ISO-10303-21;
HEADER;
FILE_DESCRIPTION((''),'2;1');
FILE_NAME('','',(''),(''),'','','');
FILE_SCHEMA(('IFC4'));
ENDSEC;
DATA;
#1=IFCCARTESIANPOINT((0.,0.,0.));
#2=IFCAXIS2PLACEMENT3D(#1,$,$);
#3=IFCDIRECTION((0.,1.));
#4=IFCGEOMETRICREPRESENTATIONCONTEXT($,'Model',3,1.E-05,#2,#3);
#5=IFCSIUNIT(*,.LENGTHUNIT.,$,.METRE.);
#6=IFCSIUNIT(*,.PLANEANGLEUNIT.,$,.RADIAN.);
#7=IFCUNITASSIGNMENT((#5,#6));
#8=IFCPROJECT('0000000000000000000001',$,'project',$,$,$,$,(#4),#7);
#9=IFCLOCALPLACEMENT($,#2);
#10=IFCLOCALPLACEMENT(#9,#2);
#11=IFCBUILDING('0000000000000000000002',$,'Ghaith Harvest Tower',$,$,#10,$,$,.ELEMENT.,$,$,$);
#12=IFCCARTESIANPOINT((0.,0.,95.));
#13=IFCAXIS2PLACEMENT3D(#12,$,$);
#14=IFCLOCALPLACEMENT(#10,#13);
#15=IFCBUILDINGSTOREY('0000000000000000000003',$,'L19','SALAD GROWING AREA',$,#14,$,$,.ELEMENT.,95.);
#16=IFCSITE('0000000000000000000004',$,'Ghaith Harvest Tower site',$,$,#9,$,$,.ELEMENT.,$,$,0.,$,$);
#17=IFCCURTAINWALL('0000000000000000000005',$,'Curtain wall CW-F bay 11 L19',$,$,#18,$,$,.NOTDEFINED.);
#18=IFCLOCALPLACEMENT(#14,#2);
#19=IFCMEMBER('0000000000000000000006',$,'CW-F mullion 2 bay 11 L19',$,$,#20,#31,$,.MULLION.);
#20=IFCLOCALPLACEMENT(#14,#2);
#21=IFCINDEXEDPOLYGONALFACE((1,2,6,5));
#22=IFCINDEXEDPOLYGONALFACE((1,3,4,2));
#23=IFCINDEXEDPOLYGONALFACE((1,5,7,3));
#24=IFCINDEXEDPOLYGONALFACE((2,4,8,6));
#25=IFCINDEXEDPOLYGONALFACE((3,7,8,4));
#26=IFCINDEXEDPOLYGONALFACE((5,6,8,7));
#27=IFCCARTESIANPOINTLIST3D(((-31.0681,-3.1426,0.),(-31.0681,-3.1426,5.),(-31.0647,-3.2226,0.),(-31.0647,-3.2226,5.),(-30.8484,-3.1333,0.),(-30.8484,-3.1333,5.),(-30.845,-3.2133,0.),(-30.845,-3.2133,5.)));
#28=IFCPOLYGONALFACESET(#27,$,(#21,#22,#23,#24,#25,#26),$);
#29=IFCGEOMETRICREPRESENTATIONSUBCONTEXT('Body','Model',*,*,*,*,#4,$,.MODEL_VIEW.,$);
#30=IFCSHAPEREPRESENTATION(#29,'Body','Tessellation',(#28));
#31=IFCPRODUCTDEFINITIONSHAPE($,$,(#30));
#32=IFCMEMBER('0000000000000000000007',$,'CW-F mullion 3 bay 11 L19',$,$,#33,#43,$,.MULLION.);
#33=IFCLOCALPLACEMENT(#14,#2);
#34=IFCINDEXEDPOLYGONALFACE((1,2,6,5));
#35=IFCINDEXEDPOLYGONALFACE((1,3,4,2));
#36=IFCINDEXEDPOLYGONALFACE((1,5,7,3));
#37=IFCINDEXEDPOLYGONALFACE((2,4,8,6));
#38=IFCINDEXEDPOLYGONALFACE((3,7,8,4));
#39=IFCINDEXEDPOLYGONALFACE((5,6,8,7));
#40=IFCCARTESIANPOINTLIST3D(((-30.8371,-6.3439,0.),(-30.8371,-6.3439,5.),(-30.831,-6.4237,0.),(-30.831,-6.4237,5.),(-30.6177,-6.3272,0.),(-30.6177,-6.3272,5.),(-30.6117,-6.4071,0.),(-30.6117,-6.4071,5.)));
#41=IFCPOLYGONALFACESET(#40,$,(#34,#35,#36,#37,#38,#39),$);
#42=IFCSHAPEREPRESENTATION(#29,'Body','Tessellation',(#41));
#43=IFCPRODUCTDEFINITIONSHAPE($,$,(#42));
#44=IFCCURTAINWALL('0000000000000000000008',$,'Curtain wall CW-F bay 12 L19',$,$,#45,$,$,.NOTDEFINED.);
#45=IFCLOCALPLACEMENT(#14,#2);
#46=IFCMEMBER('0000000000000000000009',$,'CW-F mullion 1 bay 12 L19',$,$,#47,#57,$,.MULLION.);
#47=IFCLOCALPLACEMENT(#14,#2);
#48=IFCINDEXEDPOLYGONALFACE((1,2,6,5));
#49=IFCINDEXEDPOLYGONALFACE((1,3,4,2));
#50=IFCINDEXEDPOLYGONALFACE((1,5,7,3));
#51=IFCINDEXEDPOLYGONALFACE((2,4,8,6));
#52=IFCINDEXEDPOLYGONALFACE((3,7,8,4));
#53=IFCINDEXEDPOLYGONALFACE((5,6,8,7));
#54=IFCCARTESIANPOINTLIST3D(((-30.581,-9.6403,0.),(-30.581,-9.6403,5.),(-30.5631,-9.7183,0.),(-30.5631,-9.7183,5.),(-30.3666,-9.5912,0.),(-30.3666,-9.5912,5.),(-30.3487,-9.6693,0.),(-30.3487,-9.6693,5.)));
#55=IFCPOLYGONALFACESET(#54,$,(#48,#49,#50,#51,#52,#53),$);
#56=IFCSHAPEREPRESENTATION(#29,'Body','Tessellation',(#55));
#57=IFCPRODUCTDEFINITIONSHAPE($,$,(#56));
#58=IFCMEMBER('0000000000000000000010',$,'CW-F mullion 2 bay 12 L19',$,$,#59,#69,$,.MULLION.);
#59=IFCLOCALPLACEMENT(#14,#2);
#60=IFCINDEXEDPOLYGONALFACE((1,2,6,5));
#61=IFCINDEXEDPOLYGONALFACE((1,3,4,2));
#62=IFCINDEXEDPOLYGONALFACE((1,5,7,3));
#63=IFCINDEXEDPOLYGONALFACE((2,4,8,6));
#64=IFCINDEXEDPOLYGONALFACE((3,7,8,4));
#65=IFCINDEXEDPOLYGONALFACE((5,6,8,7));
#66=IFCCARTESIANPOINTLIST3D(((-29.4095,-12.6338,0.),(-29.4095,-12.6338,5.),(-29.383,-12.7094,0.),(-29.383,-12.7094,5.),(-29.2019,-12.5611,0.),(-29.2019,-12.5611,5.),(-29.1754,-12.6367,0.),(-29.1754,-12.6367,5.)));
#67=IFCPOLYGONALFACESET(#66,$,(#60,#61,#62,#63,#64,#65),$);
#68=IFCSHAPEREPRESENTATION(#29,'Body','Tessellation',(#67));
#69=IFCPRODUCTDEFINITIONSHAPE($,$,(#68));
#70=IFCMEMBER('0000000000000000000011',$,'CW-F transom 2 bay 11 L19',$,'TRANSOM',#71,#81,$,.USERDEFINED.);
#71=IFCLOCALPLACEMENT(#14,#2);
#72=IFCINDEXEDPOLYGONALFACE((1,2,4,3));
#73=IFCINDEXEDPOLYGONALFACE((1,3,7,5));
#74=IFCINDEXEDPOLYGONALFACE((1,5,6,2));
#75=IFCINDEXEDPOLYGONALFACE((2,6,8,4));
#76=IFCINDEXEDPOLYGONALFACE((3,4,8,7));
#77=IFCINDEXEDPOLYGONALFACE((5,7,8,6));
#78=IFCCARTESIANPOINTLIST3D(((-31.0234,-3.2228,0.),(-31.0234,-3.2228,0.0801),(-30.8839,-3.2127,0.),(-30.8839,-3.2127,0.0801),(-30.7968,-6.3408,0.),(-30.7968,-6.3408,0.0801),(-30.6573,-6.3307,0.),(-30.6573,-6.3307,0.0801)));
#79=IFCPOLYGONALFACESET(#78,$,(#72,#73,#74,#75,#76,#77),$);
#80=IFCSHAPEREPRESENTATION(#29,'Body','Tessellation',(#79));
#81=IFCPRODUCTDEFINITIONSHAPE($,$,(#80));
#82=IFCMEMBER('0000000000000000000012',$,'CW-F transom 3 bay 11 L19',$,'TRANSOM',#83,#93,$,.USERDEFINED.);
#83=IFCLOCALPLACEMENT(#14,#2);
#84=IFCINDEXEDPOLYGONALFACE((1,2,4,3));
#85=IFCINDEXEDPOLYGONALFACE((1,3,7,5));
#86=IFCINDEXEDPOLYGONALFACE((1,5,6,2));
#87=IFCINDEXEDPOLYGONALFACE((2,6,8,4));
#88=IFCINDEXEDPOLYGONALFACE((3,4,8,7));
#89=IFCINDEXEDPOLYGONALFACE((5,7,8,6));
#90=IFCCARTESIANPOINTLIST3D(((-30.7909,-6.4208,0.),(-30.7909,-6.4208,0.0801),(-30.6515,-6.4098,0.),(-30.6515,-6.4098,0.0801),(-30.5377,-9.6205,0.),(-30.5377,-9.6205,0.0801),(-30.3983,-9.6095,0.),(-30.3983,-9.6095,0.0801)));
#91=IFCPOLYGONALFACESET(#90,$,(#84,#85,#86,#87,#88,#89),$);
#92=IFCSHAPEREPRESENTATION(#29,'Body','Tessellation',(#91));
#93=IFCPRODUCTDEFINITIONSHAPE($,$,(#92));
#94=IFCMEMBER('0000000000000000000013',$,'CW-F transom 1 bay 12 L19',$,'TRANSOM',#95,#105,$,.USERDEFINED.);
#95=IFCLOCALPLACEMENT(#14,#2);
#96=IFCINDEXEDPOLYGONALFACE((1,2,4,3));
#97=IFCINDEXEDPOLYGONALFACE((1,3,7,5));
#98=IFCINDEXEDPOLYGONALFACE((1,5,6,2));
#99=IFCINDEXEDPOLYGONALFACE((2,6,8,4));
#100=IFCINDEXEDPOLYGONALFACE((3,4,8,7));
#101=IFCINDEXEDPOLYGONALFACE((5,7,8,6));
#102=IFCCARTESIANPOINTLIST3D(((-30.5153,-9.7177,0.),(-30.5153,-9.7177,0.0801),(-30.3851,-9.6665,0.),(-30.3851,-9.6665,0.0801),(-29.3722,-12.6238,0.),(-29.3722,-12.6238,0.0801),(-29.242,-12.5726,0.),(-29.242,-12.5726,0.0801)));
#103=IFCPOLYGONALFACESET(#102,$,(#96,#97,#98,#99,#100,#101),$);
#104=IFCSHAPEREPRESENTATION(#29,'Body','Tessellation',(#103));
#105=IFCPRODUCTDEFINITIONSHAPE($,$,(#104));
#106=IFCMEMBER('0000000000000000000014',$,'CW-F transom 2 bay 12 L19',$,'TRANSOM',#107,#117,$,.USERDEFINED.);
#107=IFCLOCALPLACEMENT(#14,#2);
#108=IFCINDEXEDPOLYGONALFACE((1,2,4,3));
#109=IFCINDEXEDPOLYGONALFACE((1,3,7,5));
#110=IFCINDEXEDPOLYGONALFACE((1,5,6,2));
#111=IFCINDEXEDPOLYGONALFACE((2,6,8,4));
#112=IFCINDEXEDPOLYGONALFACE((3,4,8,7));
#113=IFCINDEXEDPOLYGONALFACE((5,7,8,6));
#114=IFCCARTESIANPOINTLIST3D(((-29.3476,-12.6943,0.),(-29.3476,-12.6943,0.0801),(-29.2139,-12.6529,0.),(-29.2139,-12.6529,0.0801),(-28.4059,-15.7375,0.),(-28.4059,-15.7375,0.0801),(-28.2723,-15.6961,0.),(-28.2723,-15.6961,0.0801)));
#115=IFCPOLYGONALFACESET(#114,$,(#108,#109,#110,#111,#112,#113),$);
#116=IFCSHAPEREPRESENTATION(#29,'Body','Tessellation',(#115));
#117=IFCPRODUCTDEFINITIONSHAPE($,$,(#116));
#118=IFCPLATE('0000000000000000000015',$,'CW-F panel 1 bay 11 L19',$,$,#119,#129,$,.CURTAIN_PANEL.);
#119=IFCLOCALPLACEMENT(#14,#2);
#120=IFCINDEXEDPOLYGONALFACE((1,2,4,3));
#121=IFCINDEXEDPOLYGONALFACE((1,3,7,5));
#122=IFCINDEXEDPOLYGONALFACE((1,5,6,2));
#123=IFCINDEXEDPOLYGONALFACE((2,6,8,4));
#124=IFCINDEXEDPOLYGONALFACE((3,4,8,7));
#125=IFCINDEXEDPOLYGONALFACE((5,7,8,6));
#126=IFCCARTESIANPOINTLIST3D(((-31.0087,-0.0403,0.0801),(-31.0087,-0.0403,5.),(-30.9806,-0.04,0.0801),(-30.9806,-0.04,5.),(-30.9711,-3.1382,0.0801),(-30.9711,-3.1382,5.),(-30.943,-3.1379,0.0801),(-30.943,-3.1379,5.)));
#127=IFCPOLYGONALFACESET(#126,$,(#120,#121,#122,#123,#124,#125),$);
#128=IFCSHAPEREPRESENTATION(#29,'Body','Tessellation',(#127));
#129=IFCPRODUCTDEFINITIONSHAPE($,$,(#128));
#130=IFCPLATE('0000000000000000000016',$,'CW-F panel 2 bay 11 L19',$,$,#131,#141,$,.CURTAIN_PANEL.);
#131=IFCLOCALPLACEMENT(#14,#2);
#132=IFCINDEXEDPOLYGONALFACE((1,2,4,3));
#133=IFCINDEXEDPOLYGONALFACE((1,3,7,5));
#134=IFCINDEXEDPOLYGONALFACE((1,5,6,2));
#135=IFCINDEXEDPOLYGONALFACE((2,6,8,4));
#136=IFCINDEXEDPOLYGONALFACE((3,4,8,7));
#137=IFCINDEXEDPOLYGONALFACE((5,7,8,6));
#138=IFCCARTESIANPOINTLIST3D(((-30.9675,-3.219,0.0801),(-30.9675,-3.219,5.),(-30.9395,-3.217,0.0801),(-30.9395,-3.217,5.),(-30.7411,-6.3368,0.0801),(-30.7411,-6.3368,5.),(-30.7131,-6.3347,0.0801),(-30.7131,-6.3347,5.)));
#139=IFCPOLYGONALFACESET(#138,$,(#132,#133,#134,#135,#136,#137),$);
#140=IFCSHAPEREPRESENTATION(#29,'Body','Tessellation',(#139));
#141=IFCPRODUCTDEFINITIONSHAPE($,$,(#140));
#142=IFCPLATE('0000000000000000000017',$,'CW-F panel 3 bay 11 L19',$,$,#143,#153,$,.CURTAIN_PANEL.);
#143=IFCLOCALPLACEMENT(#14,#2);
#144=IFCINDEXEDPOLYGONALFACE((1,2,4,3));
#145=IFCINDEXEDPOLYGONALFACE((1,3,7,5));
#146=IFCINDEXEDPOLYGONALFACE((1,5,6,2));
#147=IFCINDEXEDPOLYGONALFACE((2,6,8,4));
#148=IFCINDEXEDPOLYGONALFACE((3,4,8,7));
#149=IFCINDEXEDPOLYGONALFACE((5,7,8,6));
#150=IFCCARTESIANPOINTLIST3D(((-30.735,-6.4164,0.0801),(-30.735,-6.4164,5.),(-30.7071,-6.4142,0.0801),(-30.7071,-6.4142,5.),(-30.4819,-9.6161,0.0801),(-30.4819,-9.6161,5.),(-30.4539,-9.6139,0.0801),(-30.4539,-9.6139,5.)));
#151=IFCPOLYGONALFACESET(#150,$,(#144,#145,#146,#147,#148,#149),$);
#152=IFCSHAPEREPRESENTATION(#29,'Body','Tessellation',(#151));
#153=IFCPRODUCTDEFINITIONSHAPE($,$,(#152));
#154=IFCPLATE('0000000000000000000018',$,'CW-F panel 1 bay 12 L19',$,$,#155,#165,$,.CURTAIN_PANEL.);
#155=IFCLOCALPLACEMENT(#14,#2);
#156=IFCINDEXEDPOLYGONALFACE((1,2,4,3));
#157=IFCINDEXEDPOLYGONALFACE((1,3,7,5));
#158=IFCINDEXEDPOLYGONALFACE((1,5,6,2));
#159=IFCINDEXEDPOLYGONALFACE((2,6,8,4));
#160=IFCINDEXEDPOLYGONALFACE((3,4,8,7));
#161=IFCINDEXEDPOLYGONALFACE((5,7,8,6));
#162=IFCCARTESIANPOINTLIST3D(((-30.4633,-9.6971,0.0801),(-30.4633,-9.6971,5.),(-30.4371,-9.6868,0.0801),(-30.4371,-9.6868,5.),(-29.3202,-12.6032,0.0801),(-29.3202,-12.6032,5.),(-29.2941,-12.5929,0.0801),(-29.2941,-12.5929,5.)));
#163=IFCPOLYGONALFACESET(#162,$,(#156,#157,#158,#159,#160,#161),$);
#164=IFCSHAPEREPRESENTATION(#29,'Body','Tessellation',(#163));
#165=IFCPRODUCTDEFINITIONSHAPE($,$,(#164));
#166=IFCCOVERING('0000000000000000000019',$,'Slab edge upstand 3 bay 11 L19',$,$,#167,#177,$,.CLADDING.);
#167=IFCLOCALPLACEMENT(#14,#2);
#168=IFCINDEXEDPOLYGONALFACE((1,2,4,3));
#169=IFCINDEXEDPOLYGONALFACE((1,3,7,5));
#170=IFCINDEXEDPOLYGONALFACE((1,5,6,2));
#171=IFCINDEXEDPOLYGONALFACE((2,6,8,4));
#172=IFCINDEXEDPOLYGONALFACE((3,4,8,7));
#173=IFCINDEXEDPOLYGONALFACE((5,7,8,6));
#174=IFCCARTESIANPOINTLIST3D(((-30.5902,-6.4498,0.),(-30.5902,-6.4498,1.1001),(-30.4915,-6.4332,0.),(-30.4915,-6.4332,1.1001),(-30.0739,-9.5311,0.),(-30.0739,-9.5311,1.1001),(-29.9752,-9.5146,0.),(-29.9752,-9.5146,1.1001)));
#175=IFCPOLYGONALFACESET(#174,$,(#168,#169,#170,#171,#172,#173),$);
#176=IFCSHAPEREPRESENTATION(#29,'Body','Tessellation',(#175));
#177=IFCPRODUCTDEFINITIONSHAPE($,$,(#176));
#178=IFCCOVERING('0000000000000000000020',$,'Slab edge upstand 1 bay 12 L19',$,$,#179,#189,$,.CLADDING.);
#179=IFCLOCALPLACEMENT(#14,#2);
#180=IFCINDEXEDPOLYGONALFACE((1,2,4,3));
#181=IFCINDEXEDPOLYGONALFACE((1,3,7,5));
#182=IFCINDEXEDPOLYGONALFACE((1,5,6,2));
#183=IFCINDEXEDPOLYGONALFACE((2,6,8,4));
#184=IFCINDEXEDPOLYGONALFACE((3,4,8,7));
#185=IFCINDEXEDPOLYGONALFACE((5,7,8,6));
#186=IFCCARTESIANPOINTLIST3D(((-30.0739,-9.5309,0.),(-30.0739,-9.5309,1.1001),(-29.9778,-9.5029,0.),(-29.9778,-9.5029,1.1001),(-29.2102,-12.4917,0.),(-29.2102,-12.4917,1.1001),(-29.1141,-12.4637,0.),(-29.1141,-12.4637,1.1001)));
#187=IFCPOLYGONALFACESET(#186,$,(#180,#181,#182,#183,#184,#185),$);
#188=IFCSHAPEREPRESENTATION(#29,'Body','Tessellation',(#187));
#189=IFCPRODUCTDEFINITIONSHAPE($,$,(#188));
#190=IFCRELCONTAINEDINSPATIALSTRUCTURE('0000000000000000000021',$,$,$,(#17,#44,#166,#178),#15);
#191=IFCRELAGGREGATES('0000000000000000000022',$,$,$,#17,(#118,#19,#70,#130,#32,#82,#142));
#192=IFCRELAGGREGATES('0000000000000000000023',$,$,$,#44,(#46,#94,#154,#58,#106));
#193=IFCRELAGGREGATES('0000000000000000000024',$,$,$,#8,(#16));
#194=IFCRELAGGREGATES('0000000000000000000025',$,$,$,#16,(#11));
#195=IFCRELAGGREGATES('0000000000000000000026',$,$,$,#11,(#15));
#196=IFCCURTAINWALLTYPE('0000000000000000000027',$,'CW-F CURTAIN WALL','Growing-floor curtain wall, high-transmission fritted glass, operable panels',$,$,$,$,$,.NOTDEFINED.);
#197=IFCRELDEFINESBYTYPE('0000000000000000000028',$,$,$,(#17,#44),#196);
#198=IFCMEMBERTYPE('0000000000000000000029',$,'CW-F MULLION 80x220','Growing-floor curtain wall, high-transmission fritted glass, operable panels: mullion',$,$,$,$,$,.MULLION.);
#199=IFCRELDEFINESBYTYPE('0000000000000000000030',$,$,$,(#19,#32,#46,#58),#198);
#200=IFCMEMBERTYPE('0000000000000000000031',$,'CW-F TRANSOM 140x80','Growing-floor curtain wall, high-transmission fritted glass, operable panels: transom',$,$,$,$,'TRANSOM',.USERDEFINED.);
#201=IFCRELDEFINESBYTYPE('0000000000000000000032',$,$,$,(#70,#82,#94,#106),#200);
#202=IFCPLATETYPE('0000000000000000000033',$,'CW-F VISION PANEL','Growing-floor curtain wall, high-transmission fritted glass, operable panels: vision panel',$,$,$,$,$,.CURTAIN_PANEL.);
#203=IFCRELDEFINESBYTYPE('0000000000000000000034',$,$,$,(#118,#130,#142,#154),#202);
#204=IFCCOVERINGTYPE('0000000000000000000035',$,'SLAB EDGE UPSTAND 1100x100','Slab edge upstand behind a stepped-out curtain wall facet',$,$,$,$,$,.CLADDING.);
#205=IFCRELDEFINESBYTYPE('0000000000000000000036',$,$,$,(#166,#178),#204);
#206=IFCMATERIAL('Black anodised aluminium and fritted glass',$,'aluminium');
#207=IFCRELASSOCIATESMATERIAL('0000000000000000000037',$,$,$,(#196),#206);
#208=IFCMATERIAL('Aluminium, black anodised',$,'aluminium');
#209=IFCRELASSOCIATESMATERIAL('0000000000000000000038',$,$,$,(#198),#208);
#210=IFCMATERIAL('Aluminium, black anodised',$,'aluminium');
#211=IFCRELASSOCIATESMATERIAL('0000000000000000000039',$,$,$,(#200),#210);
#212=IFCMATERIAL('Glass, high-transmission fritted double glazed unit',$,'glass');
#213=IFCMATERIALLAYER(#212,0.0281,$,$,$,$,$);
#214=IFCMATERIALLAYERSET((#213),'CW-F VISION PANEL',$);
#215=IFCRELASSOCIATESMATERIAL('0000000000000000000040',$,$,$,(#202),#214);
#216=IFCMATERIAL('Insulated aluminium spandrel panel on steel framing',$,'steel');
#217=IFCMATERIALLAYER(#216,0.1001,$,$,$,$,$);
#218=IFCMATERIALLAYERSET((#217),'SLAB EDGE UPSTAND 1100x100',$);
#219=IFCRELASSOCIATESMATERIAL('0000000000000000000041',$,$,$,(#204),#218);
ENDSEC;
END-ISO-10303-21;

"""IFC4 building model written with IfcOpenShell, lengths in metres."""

from ifc_helpers import new_model, si_unit, direction, frame, origin, origin_2d, place, context, subcontext, project, spatial, rectangle, extrude, material, layer, layer_set, material_profile, profile_set, type_object, element, aggregate, save


model = new_model("IFC4")

# Units and contexts
model_context = context("Model", 3, precision=1e-05, world=origin(), true_north=direction((0.0, 1.0)))
body_context = subcontext(model_context, "Body", "Model", "MODEL_VIEW")
ifc_project = project(units=[si_unit("LENGTHUNIT", "METRE"), si_unit("PLANEANGLEUNIT", "RADIAN")], contexts=[model_context])

# Site, building, storey
site_placement = place(None, origin())
site = spatial("IfcSite", under=ifc_project, at=site_placement, Name="Ghaith Harvest Tower site", CompositionType="ELEMENT", RefElevation=0.0)
building_placement = place(site_placement, origin())
building = spatial("IfcBuilding", under=site, at=building_placement, Name="Ghaith Harvest Tower", CompositionType="ELEMENT")
storey_placement = place(building_placement, frame((0.0, 0.0, 95.0)))
storey = spatial("IfcBuildingStorey", under=building, at=storey_placement, Name="L19", Description="SALAD GROWING AREA", CompositionType="ELEMENT", Elevation=95.0)

# Curtain walls, members
ifc_material_1 = material(Name="Black anodised aluminium and fritted glass", Category="aluminium")
curtain_wall_type = type_object("IfcCurtainWallType", Name="CW-F CURTAIN WALL", Description="Growing-floor curtain wall, high-transmission fritted glass, operable panels", PredefinedType="NOTDEFINED", material=ifc_material_1)
curtain_wall_1_placement = place(storey_placement, origin())
curtain_wall_1 = element("IfcCurtainWall", 1, at=curtain_wall_1_placement, inside=storey, type_object=curtain_wall_type, Name="Curtain wall CW-F bay 11 L19", PredefinedType="NOTDEFINED")
ifc_material_2 = material(Name="Aluminium, black anodised", Category="aluminium")
ifc_material_profile_1 = material_profile(ifc_material_2, rectangle(XDim=0.0801, YDim=0.22, at=origin_2d()), Name="CW-F MULLION 80x220")
ifc_profile_set_1 = profile_set([ifc_material_profile_1], Name="Aluminium, black anodised")
member_type_1 = type_object("IfcMemberType", Name="CW-F MULLION 80x220", Description="Growing-floor curtain wall, high-transmission fritted glass, operable panels: mullion", PredefinedType="MULLION", material=ifc_profile_set_1)
member_1_placement = place(storey_placement, frame((-30.9565, -3.178, 0.0), z_axis=(0.0, 0.0, 1.0), x_axis=(0.042427, -0.9991, 0.0)))
member_1 = element("IfcMember", 2, at=member_1_placement, type_object=member_type_1, Name="CW-F mullion 2 bay 11 L19", PredefinedType="MULLION", context=body_context, shape_type="SweptSolid", body=[
    extrude(rectangle(XDim=0.0801, YDim=0.22, at=origin_2d()), origin(), (0.0, 0.0, 1.0), 5.0),
])
member_2_placement = place(storey_placement, frame((-30.7244, -6.3755, 0.0), z_axis=(0.0, 0.0, 1.0), x_axis=(0.075686, -0.997132, 0.0)))
member_2 = element("IfcMember", 3, at=member_2_placement, type_object=member_type_1, Name="CW-F mullion 3 bay 11 L19", PredefinedType="MULLION", context=body_context, shape_type="SweptSolid", body=[
    extrude(rectangle(XDim=0.0801, YDim=0.22, at=origin_2d()), origin(), (0.0, 0.0, 1.0), 5.0),
])
curtain_wall_2_placement = place(storey_placement, origin())
curtain_wall_2 = element("IfcCurtainWall", 4, at=curtain_wall_2_placement, inside=storey, type_object=curtain_wall_type, Name="Curtain wall CW-F bay 12 L19", PredefinedType="NOTDEFINED")
member_3_placement = place(storey_placement, frame((-30.4648, -9.6548, 0.0), z_axis=(0.0, 0.0, 1.0), x_axis=(0.222967, -0.974826, 0.0)))
member_3 = element("IfcMember", 5, at=member_3_placement, type_object=member_type_1, Name="CW-F mullion 1 bay 12 L19", PredefinedType="MULLION", context=body_context, shape_type="SweptSolid", body=[
    extrude(rectangle(XDim=0.0801, YDim=0.22, at=origin_2d()), origin(), (0.0, 0.0, 1.0), 5.0),
])
member_4_placement = place(storey_placement, frame((-29.2925, -12.6353, 0.0), z_axis=(0.0, 0.0, 1.0), x_axis=(0.330701, -0.943736, 0.0)))
member_4 = element("IfcMember", 6, at=member_4_placement, type_object=member_type_1, Name="CW-F mullion 2 bay 12 L19", PredefinedType="MULLION", context=body_context, shape_type="SweptSolid", body=[
    extrude(rectangle(XDim=0.0801, YDim=0.22, at=origin_2d()), origin(), (0.0, 0.0, 1.0), 5.0),
])

# Members
ifc_material_3 = material(Name="Aluminium, black anodised", Category="aluminium")
ifc_material_profile_2 = material_profile(ifc_material_3, rectangle(XDim=0.1399, YDim=0.0801, at=origin_2d()), Name="CW-F TRANSOM 140x80")
ifc_profile_set_2 = profile_set([ifc_material_profile_2], Name="Aluminium, black anodised")
member_type_2 = type_object("IfcMemberType", Name="CW-F TRANSOM 140x80", Description="Growing-floor curtain wall, high-transmission fritted glass, operable panels: transom", ElementType="TRANSOM", PredefinedType="USERDEFINED", material=ifc_profile_set_2)
member_5_placement = place(storey_placement, frame((-30.9536, -3.2178, 0.04), z_axis=(0.072474, -0.99737, 0.0), x_axis=(0.99737, 0.072474, 0.0)))
member_5 = element("IfcMember", 7, at=member_5_placement, type_object=member_type_2, Name="CW-F transom 2 bay 11 L19", ObjectType="TRANSOM", PredefinedType="USERDEFINED", context=body_context, shape_type="SweptSolid", body=[
    extrude(rectangle(XDim=0.1399, YDim=0.0801, at=origin_2d()), origin(), (0.0, 0.0, 1.0), 3.1262),
])
member_6_placement = place(storey_placement, frame((-30.7212, -6.4153, 0.04), z_axis=(0.078878, -0.996884, 0.0), x_axis=(0.996884, 0.078878, 0.0)))
member_6 = element("IfcMember", 8, at=member_6_placement, type_object=member_type_2, Name="CW-F transom 3 bay 11 L19", ObjectType="TRANSOM", PredefinedType="USERDEFINED", context=body_context, shape_type="SweptSolid", body=[
    extrude(rectangle(XDim=0.1399, YDim=0.0801, at=origin_2d()), origin(), (0.0, 0.0, 1.0), 3.2097),
])
member_7_placement = place(storey_placement, frame((-30.4502, -9.6921, 0.04), z_axis=(0.366047, -0.930597, 0.0), x_axis=(0.930597, 0.366047, 0.0)))
member_7 = element("IfcMember", 9, at=member_7_placement, type_object=member_type_2, Name="CW-F transom 1 bay 12 L19", ObjectType="TRANSOM", PredefinedType="USERDEFINED", context=body_context, shape_type="SweptSolid", body=[
    extrude(rectangle(XDim=0.1399, YDim=0.0801, at=origin_2d()), origin(), (0.0, 0.0, 1.0), 3.1228),
])
member_8_placement = place(storey_placement, frame((-29.2808, -12.6736, 0.04), z_axis=(0.295599, -0.955312, 0.0), x_axis=(0.955312, 0.295599, 0.0)))
member_8 = element("IfcMember", 10, at=member_8_placement, type_object=member_type_2, Name="CW-F transom 2 bay 12 L19", ObjectType="TRANSOM", PredefinedType="USERDEFINED", context=body_context, shape_type="SweptSolid", body=[
    extrude(rectangle(XDim=0.1399, YDim=0.0801, at=origin_2d()), origin(), (0.0, 0.0, 1.0), 3.1855),
])

# Plates
ifc_material_4 = material(Name="Glass, high-transmission fritted double glazed unit", Category="glass")
ifc_layer_1 = layer(ifc_material_4, 0.0281)
ifc_layer_set_1 = layer_set([ifc_layer_1], Name="CW-F VISION PANEL")
plate_type = type_object("IfcPlateType", Name="CW-F VISION PANEL", Description="Growing-floor curtain wall, high-transmission fritted glass, operable panels: vision panel", PredefinedType="CURTAIN_PANEL", material=ifc_layer_set_1)
plate_1_placement = place(storey_placement, frame((-30.9758, -1.5891, 0.0801), z_axis=(0.0, 0.0, 1.0), x_axis=(0.012133, -0.999926, 0.0)))
plate_1 = element("IfcPlate", 11, at=plate_1_placement, type_object=plate_type, Name="CW-F panel 1 bay 11 L19", PredefinedType="CURTAIN_PANEL", context=body_context, shape_type="SweptSolid", body=[
    extrude(rectangle(XDim=3.0981, YDim=0.0281, at=origin_2d()), origin(), (0.0, 0.0, 1.0), 4.9199),
])
plate_2_placement = place(storey_placement, frame((-30.8403, -4.7769, 0.0801), z_axis=(0.0, 0.0, 1.0), x_axis=(0.072421, -0.997374, 0.0)))
plate_2 = element("IfcPlate", 12, at=plate_2_placement, type_object=plate_type, Name="CW-F panel 2 bay 11 L19", PredefinedType="CURTAIN_PANEL", context=body_context, shape_type="SweptSolid", body=[
    extrude(rectangle(XDim=3.126, YDim=0.0281, at=origin_2d()), origin(), (0.0, 0.0, 1.0), 4.9199),
])
plate_3_placement = place(storey_placement, frame((-30.5945, -8.0151, 0.0801), z_axis=(0.0, 0.0, 1.0), x_axis=(0.078867, -0.996885, 0.0)))
plate_3 = element("IfcPlate", 13, at=plate_3_placement, type_object=plate_type, Name="CW-F panel 3 bay 11 L19", PredefinedType="CURTAIN_PANEL", context=body_context, shape_type="SweptSolid", body=[
    extrude(rectangle(XDim=3.2097, YDim=0.0281, at=origin_2d()), origin(), (0.0, 0.0, 1.0), 4.9199),
])
aggregate(curtain_wall_1, [plate_1, member_1, member_5, plate_2, member_2, member_6, plate_3])
plate_4_placement = place(storey_placement, frame((-29.8787, -11.145, 0.0801), z_axis=(0.0, 0.0, 1.0), x_axis=(0.36604, -0.930599, 0.0)))
plate_4 = element("IfcPlate", 14, at=plate_4_placement, type_object=plate_type, Name="CW-F panel 1 bay 12 L19", PredefinedType="CURTAIN_PANEL", context=body_context, shape_type="SweptSolid", body=[
    extrude(rectangle(XDim=3.1228, YDim=0.0281, at=origin_2d()), origin(), (0.0, 0.0, 1.0), 4.9199),
])
aggregate(curtain_wall_2, [member_3, member_7, plate_4, member_4, member_8])

# Coverings
ifc_material_5 = material(Name="Insulated aluminium spandrel panel on steel framing", Category="steel")
ifc_layer_2 = layer(ifc_material_5, 0.1001)
ifc_layer_set_2 = layer_set([ifc_layer_2], Name="SLAB EDGE UPSTAND 1100x100")
covering_type = type_object("IfcCoveringType", Name="SLAB EDGE UPSTAND 1100x100", Description="Slab edge upstand behind a stepped-out curtain wall facet", PredefinedType="CLADDING", material=ifc_layer_set_2)
covering_1_placement = place(storey_placement, frame((-30.2827, -7.9822, 0.0), z_axis=(0.0, 0.0, 1.0), x_axis=(0.165246, -0.986252, 0.0)))
element("IfcCovering", 15, at=covering_1_placement, inside=storey, type_object=covering_type, Name="Slab edge upstand 3 bay 11 L19", PredefinedType="CLADDING", context=body_context, shape_type="SweptSolid", body=[
    extrude(rectangle(XDim=3.1243, YDim=0.1001, at=origin_2d()), origin(), (0.0, 0.0, 1.0), 1.1001),
])
covering_2_placement = place(storey_placement, frame((-29.594, -10.9973, 0.0), z_axis=(0.0, 0.0, 1.0), x_axis=(0.280032, -0.959991, 0.0)))
element("IfcCovering", 16, at=covering_2_placement, inside=storey, type_object=covering_type, Name="Slab edge upstand 1 bay 12 L19", PredefinedType="CLADDING", context=body_context, shape_type="SweptSolid", body=[
    extrude(rectangle(XDim=3.0842, YDim=0.1001, at=origin_2d()), origin(), (0.0, 0.0, 1.0), 1.1001),
])

save(model, "model.ifc")
